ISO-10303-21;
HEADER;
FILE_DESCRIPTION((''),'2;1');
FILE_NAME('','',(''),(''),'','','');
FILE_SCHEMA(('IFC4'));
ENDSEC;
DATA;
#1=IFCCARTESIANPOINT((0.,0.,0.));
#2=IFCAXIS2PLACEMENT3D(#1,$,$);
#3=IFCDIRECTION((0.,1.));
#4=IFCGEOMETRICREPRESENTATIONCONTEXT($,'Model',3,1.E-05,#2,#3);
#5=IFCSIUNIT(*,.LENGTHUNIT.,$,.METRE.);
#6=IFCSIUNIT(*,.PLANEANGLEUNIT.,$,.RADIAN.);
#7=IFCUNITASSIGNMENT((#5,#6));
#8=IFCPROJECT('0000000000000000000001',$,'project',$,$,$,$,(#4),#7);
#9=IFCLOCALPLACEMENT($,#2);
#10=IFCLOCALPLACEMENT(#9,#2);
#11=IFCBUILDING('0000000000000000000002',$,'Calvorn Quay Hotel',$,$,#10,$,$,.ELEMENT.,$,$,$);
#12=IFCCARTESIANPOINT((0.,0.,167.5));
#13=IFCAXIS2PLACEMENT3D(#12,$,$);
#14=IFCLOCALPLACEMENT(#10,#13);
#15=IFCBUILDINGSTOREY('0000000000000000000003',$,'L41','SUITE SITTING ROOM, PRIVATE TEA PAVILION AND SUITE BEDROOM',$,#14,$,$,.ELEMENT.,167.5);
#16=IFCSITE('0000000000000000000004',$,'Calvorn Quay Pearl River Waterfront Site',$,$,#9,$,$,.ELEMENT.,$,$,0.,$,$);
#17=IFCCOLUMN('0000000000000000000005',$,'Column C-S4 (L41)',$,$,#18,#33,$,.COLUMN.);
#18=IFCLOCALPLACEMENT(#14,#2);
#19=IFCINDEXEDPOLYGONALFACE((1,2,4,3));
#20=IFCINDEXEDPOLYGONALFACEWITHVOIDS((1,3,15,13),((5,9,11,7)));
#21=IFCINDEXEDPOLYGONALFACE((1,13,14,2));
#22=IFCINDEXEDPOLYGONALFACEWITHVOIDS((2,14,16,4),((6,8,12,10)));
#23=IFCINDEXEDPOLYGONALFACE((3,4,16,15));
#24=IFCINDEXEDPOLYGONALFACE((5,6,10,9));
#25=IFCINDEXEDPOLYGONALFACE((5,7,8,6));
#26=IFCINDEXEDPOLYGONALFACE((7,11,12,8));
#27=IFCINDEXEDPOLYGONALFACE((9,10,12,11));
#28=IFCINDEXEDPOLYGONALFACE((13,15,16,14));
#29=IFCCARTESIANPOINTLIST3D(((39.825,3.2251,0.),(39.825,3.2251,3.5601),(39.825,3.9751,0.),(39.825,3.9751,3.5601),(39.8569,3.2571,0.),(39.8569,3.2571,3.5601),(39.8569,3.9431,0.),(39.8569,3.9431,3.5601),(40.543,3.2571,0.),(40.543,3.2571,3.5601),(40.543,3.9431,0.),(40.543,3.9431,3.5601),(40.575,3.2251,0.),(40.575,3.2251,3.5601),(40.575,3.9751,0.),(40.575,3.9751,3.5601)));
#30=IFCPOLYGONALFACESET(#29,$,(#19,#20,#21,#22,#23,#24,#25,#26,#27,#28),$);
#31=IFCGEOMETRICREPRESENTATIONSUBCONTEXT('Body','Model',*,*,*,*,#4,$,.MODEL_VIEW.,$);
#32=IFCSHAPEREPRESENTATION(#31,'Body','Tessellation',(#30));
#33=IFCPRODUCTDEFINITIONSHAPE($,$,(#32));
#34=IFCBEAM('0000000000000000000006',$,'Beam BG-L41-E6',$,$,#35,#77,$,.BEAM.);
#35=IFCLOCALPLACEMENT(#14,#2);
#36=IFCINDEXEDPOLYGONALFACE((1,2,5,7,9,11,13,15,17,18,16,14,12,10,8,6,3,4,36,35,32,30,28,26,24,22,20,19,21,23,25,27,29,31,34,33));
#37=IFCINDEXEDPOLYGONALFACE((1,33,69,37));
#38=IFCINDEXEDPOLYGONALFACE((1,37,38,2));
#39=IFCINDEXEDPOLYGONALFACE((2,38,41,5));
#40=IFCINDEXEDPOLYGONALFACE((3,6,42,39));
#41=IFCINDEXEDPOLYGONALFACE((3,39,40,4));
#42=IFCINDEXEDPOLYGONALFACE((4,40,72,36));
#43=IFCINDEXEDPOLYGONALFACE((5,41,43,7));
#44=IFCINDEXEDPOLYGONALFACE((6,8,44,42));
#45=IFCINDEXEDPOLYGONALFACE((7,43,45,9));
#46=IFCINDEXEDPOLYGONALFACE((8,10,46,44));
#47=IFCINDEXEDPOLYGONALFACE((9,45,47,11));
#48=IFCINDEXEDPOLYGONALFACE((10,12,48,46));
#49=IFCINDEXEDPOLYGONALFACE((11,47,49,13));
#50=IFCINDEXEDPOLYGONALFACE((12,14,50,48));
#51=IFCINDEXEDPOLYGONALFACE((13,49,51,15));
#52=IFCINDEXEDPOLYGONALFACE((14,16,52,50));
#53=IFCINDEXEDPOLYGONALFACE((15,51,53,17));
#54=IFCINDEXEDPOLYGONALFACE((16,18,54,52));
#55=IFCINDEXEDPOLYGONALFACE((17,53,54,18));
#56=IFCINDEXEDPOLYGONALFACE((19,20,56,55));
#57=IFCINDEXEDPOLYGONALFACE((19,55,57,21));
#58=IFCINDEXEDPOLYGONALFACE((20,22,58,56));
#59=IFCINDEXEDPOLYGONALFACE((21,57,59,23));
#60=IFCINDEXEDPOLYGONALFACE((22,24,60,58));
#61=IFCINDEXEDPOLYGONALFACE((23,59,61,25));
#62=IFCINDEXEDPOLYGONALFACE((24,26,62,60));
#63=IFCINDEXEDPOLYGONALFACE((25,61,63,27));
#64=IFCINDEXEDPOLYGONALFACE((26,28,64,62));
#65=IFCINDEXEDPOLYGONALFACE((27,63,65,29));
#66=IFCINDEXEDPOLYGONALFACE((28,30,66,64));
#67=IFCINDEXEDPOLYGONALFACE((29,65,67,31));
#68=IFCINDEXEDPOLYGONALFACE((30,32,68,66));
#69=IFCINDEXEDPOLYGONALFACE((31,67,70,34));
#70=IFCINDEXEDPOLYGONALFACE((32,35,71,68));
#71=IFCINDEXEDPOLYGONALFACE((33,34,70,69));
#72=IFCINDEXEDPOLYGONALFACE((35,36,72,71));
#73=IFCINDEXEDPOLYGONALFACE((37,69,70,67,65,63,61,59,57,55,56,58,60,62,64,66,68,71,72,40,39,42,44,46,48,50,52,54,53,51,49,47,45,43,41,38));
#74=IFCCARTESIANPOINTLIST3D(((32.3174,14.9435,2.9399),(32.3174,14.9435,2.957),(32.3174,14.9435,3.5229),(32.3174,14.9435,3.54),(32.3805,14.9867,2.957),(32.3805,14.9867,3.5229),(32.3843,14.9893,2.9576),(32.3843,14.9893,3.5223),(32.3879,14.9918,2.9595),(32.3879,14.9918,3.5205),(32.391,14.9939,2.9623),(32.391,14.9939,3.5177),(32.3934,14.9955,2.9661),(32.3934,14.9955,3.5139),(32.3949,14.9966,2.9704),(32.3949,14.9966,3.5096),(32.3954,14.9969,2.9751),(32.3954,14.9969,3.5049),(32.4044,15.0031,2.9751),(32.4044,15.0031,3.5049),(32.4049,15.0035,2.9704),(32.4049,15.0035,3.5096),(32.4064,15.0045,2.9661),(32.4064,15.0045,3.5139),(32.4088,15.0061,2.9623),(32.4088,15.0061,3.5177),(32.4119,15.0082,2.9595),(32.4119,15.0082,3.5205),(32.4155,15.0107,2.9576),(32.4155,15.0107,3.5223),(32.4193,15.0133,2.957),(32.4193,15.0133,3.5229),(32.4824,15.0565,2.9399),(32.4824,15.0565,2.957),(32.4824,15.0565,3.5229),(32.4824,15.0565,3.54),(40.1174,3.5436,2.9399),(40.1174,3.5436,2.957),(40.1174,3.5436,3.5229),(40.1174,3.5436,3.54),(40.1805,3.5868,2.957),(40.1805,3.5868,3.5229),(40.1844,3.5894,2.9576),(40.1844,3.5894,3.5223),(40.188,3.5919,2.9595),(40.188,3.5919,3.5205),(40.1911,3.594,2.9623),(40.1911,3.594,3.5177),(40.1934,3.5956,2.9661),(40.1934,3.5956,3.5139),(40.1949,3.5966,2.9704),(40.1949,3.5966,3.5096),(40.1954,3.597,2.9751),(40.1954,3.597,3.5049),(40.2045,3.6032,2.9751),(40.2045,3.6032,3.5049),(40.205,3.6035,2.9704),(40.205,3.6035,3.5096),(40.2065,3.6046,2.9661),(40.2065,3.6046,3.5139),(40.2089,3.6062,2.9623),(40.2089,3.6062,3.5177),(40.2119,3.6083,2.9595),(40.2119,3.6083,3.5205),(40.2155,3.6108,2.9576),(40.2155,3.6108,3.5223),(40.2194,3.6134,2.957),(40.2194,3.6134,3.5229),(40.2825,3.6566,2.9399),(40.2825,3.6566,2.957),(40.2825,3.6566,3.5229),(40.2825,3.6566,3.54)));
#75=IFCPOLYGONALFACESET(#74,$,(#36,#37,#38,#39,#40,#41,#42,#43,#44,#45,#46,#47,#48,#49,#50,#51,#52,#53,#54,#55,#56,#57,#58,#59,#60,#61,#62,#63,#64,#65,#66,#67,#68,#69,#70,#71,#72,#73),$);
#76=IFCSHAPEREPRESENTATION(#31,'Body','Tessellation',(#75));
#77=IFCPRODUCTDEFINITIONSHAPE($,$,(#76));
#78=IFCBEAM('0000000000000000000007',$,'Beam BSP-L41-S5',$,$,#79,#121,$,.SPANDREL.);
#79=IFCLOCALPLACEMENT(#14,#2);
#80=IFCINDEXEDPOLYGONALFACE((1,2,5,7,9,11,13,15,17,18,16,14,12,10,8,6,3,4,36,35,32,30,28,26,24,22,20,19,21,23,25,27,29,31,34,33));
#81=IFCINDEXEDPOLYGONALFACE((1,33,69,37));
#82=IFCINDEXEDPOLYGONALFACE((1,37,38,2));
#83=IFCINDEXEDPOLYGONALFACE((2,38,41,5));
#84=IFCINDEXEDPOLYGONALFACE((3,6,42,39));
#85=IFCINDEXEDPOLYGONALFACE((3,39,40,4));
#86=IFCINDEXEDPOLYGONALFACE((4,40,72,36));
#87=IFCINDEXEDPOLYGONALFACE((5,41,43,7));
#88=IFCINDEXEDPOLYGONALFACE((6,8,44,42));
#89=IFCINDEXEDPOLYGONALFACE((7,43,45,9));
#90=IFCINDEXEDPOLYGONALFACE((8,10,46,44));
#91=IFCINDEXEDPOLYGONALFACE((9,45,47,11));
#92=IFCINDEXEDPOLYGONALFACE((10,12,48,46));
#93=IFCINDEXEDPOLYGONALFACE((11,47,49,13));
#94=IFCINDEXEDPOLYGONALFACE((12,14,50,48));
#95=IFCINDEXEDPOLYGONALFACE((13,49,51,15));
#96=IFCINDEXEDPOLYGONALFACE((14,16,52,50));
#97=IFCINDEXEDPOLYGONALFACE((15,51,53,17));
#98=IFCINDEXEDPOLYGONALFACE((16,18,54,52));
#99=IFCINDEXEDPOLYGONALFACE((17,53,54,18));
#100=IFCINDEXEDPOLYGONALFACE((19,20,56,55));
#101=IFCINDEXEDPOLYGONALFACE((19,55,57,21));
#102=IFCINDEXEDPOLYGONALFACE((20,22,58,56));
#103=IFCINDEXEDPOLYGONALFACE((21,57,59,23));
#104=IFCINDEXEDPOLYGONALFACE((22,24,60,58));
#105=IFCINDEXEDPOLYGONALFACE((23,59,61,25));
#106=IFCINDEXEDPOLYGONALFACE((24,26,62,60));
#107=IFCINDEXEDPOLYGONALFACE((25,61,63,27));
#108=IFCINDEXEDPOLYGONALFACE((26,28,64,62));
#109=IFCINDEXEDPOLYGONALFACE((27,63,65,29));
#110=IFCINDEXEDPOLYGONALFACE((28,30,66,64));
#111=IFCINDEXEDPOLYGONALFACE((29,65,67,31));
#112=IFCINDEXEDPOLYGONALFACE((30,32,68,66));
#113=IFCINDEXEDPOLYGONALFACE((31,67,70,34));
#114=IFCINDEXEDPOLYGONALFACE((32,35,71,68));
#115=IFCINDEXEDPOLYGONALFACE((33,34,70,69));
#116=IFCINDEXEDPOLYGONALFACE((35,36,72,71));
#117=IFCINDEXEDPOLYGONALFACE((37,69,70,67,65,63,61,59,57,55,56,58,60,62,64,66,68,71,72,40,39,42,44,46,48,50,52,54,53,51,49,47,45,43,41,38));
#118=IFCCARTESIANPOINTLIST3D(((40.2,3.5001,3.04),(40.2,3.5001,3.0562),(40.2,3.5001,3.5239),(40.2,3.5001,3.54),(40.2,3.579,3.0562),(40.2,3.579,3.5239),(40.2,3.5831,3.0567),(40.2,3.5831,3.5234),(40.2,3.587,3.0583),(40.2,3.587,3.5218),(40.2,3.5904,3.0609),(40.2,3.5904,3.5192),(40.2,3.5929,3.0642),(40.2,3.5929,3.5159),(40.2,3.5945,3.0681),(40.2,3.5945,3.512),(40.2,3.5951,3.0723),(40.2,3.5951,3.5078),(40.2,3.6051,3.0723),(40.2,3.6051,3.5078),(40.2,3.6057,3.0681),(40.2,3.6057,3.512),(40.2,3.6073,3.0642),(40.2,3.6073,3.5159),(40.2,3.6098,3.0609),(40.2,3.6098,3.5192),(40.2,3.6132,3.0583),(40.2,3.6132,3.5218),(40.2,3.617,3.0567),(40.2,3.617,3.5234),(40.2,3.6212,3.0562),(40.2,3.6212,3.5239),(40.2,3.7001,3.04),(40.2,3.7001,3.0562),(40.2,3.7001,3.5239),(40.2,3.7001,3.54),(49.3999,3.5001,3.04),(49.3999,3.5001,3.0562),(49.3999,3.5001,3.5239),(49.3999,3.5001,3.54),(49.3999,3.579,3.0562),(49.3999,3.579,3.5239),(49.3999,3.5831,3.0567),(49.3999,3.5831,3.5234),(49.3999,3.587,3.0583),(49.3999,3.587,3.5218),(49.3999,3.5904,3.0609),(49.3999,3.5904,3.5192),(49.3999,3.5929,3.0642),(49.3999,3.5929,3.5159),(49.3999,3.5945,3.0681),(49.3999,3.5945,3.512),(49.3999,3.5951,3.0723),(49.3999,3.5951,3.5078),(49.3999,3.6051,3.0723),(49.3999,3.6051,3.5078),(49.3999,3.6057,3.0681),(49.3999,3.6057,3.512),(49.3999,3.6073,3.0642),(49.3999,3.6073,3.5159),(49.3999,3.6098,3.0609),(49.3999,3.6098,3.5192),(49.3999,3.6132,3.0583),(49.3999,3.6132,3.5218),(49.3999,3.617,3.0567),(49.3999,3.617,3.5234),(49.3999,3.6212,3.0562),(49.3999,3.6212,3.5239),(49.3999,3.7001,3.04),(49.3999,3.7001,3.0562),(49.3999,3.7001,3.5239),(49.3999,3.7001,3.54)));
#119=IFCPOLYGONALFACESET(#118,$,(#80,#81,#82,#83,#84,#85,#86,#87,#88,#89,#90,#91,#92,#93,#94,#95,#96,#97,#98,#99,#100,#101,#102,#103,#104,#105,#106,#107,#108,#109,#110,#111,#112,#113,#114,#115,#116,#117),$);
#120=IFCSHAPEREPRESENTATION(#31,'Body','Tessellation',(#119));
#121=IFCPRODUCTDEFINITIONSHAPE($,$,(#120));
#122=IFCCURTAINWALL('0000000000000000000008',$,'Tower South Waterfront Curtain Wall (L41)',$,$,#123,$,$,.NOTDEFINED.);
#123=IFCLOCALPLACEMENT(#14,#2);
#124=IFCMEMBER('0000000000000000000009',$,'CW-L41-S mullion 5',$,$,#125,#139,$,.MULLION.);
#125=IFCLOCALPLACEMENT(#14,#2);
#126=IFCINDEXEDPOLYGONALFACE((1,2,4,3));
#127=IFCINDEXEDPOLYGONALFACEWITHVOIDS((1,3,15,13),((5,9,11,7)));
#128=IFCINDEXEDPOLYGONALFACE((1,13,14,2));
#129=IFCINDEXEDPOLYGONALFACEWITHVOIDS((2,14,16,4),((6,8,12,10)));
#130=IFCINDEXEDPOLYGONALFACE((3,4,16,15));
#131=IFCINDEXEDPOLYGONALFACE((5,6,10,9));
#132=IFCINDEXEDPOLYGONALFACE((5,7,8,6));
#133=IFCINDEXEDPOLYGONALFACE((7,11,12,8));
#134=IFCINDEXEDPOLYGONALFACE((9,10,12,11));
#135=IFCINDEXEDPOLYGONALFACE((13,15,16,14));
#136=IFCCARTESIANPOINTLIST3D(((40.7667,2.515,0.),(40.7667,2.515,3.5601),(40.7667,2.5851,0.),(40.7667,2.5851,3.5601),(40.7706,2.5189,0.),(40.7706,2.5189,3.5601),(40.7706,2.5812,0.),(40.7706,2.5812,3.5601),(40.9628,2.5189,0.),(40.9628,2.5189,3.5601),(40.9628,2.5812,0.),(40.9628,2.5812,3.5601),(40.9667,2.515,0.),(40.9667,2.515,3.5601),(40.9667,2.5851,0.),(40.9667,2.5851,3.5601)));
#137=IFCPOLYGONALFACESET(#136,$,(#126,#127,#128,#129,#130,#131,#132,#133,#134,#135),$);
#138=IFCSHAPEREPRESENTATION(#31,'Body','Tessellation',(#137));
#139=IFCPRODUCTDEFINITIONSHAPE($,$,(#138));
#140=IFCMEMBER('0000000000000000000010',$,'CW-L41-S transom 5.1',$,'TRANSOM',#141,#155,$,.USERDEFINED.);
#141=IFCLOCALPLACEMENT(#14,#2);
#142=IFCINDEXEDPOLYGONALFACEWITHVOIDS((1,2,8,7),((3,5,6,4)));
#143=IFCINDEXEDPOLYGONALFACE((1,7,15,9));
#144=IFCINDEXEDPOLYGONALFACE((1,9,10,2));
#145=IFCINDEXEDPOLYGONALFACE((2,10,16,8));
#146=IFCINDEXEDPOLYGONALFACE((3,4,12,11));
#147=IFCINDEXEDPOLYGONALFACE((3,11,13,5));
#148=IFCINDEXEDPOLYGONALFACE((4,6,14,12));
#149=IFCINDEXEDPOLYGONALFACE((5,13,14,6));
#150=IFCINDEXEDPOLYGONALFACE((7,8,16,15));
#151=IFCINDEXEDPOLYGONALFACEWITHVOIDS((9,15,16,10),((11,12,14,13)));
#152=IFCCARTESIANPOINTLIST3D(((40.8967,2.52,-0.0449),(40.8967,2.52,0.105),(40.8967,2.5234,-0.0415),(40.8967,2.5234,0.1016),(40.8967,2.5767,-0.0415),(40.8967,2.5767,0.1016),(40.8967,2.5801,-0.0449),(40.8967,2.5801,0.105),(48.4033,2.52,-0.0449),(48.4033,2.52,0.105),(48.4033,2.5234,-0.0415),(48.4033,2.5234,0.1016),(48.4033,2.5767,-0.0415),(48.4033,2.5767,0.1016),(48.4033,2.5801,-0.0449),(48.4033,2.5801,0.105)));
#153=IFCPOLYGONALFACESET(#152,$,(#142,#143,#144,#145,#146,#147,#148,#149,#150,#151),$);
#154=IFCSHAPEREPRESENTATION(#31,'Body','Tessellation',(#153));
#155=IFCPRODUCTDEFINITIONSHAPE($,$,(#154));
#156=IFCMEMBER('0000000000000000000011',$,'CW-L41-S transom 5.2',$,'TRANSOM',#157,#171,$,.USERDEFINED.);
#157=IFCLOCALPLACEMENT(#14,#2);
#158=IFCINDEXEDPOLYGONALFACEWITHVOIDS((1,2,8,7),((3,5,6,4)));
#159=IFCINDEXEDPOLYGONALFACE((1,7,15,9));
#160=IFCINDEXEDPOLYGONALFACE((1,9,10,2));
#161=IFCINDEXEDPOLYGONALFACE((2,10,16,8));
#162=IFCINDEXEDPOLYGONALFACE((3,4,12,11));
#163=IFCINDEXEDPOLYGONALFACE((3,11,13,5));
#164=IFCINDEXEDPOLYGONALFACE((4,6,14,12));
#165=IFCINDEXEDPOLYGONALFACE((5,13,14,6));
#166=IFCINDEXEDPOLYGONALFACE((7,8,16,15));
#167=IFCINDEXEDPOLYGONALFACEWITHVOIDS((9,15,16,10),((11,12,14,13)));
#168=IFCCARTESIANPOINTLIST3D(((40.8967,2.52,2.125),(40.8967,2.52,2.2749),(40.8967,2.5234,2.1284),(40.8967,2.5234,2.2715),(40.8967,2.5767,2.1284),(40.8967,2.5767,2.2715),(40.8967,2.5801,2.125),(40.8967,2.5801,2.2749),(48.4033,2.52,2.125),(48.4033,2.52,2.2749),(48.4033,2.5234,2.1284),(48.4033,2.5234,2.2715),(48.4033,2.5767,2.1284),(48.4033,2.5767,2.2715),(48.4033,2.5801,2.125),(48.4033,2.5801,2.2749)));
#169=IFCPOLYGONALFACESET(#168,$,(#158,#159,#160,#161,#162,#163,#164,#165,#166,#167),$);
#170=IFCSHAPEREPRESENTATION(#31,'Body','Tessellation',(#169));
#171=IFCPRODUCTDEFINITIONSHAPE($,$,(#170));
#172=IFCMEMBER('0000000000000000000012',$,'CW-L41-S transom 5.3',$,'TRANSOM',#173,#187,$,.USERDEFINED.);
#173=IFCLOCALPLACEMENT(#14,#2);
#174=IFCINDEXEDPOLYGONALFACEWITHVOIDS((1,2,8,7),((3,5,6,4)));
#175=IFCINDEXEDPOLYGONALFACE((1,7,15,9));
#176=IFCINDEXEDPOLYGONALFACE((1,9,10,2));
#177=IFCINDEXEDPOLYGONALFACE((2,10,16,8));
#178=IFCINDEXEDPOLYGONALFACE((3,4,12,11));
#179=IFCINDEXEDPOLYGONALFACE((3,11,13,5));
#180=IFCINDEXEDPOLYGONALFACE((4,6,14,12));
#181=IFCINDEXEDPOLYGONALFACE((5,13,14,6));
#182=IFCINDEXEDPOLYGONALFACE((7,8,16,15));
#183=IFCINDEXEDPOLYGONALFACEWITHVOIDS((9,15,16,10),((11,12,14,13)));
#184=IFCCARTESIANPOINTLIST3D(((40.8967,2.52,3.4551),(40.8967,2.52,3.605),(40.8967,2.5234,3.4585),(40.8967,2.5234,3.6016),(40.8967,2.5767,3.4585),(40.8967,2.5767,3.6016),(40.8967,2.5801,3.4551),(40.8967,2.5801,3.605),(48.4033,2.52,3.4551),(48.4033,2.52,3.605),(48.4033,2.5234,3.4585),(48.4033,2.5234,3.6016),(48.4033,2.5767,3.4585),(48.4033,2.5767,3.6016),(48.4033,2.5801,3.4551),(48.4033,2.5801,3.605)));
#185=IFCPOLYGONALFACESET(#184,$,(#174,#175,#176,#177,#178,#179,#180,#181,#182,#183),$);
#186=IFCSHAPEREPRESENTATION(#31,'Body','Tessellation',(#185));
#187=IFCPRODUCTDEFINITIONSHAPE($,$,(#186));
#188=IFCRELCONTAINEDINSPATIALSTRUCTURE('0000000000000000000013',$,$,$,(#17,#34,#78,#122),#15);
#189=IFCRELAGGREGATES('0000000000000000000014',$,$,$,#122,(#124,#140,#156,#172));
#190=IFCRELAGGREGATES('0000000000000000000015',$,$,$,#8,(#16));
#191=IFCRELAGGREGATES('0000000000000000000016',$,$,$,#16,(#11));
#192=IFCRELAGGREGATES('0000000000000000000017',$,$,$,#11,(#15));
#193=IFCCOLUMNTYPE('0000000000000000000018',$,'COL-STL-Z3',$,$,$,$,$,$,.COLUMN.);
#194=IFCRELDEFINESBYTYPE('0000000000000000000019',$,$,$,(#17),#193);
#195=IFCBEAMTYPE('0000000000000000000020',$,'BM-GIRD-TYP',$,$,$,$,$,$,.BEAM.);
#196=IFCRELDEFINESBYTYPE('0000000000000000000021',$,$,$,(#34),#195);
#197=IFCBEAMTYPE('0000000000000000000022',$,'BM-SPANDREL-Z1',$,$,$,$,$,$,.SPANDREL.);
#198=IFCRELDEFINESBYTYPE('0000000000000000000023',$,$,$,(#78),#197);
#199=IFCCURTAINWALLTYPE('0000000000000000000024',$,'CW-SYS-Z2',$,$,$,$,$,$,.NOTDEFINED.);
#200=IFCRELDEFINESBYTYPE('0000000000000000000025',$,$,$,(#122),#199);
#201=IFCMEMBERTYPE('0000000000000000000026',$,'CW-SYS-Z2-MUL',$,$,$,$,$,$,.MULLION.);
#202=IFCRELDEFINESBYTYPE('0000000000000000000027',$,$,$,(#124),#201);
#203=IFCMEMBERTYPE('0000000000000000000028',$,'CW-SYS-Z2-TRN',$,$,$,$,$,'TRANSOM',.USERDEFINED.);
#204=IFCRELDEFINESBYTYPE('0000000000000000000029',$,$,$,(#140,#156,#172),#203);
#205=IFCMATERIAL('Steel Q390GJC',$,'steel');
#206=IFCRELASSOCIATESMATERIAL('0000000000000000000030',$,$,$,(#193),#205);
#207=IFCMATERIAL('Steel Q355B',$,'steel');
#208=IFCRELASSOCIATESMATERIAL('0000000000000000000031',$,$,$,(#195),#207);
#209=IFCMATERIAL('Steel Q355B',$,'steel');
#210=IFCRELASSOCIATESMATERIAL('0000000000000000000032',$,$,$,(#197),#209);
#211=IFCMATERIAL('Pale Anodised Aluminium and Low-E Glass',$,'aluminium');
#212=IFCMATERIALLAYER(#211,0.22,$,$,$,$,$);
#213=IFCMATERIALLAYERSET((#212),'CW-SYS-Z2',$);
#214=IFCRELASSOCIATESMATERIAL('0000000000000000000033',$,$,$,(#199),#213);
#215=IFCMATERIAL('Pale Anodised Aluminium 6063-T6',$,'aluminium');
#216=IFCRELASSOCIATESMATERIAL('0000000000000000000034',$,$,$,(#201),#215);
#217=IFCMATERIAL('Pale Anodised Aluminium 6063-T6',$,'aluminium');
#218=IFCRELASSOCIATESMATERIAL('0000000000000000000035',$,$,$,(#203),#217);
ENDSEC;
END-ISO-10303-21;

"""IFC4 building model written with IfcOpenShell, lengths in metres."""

from ifc_helpers import new_model, si_unit, direction, frame, origin, origin_2d, place, context, subcontext, project, spatial, hollow_rectangle, i_section, extrude, material, layer, layer_set, material_profile, profile_set, type_object, element, aggregate, save


model = new_model("IFC4")

# Units and contexts
model_context = context("Model", 3, precision=1e-05, world=origin(), true_north=direction((0.0, 1.0)))
body_context = subcontext(model_context, "Body", "Model", "MODEL_VIEW")
ifc_project = project(units=[si_unit("LENGTHUNIT", "METRE"), si_unit("PLANEANGLEUNIT", "RADIAN")], contexts=[model_context])

# Site, building, storey
site_placement = place(None, origin())
site = spatial("IfcSite", under=ifc_project, at=site_placement, Name="Calvorn Quay Pearl River Waterfront Site", CompositionType="ELEMENT", RefElevation=0.0)
building_placement = place(site_placement, origin())
building = spatial("IfcBuilding", under=site, at=building_placement, Name="Calvorn Quay Hotel", CompositionType="ELEMENT")
storey_placement = place(building_placement, frame((0.0, 0.0, 167.5)))
storey = spatial("IfcBuildingStorey", under=building, at=storey_placement, Name="L41", Description="SUITE SITTING ROOM, PRIVATE TEA PAVILION AND SUITE BEDROOM", CompositionType="ELEMENT", Elevation=167.5)

# Column
ifc_material_1 = material(Name="Steel Q390GJC", Category="steel")
ifc_material_profile_1 = material_profile(ifc_material_1, hollow_rectangle(XDim=0.75, YDim=0.75, WallThickness=0.032, at=origin_2d()), Name="BOX750x750x32")
ifc_profile_set_1 = profile_set([ifc_material_profile_1], Name="Steel Q390GJC")
column_type = type_object("IfcColumnType", Name="COL-STL-Z3", PredefinedType="COLUMN", material=ifc_profile_set_1)
column_placement = place(storey_placement, frame((40.2, 3.6001, 0.0), z_axis=(0.0, 0.0, 1.0), x_axis=(1.0, 0.0, 0.0)))
element("IfcColumn", 1, at=column_placement, inside=storey, type_object=column_type, Name="Column C-S4 (L41)", PredefinedType="COLUMN", context=body_context, shape_type="SweptSolid", body=[
    extrude(hollow_rectangle(XDim=0.75, YDim=0.75, WallThickness=0.032, at=origin_2d()), origin(), (0.0, 0.0, 1.0), 3.5601),
])

# Beams
ifc_material_2 = material(Name="Steel Q355B", Category="steel")
ifc_material_profile_2 = material_profile(ifc_material_2, i_section(OverallWidth=0.2, OverallDepth=0.6001, WebThickness=0.011, FlangeThickness=0.0171, FilletRadius=0.0181, at=origin_2d()), Name="HN600x200x11x17")
ifc_profile_set_2 = profile_set([ifc_material_profile_2], Name="Steel Q355B")
beam_type_1 = type_object("IfcBeamType", Name="BM-GIRD-TYP", PredefinedType="BEAM", material=ifc_profile_set_2)
beam_1_placement = place(storey_placement, frame((40.2, 3.6001, 3.24), z_axis=(-0.56469, 0.825303, 0.0), x_axis=(-0.825303, -0.56469, 0.0)))
element("IfcBeam", 2, at=beam_1_placement, inside=storey, type_object=beam_type_1, Name="Beam BG-L41-E6", PredefinedType="BEAM", context=body_context, shape_type="SweptSolid", body=[
    extrude(i_section(OverallWidth=0.2, OverallDepth=0.6001, WebThickness=0.011, FlangeThickness=0.0171, FilletRadius=0.0181, at=origin_2d()), origin(), (0.0, 0.0, 1.0), 13.813),
])
ifc_material_3 = material(Name="Steel Q355B", Category="steel")
ifc_material_profile_3 = material_profile(ifc_material_3, i_section(OverallWidth=0.2, OverallDepth=0.5, WebThickness=0.01, FlangeThickness=0.0161, FilletRadius=0.0161, at=origin_2d()), Name="HN500x200x10x16")
ifc_profile_set_3 = profile_set([ifc_material_profile_3], Name="Steel Q355B")
beam_type_2 = type_object("IfcBeamType", Name="BM-SPANDREL-Z1", PredefinedType="SPANDREL", material=ifc_profile_set_3)
beam_2_placement = place(storey_placement, frame((40.2, 3.6001, 3.29), z_axis=(1.0, 0.0, 0.0), x_axis=(0.0, 1.0, 0.0)))
element("IfcBeam", 3, at=beam_2_placement, inside=storey, type_object=beam_type_2, Name="Beam BSP-L41-S5", PredefinedType="SPANDREL", context=body_context, shape_type="SweptSolid", body=[
    extrude(i_section(OverallWidth=0.2, OverallDepth=0.5, WebThickness=0.01, FlangeThickness=0.0161, FilletRadius=0.0161, at=origin_2d()), origin(), (0.0, 0.0, 1.0), 9.2),
])

# Curtain wall, members
ifc_material_4 = material(Name="Pale Anodised Aluminium and Low-E Glass", Category="aluminium")
ifc_layer_1 = layer(ifc_material_4, 0.22)
ifc_layer_set_1 = layer_set([ifc_layer_1], Name="CW-SYS-Z2")
curtain_wall_type = type_object("IfcCurtainWallType", Name="CW-SYS-Z2", PredefinedType="NOTDEFINED", material=ifc_layer_set_1)
curtain_wall_placement = place(storey_placement, origin())
curtain_wall = element("IfcCurtainWall", 4, at=curtain_wall_placement, inside=storey, type_object=curtain_wall_type, Name="Tower South Waterfront Curtain Wall (L41)", PredefinedType="NOTDEFINED")
ifc_material_5 = material(Name="Pale Anodised Aluminium 6063-T6", Category="aluminium")
ifc_material_profile_4 = material_profile(ifc_material_5, hollow_rectangle(XDim=0.0701, YDim=0.2, WallThickness=0.0039, at=origin_2d()), Name="ALU-M200x70x4")
ifc_profile_set_4 = profile_set([ifc_material_profile_4], Name="Pale Anodised Aluminium 6063-T6")
member_type_1 = type_object("IfcMemberType", Name="CW-SYS-Z2-MUL", PredefinedType="MULLION", material=ifc_profile_set_4)
member_1_placement = place(storey_placement, frame((40.8667, 2.55, 0.0), z_axis=(0.0, 0.0, 1.0), x_axis=(0.0, 1.0, 0.0)))
member_1 = element("IfcMember", 5, at=member_1_placement, type_object=member_type_1, Name="CW-L41-S mullion 5", PredefinedType="MULLION", context=body_context, shape_type="SweptSolid", body=[
    extrude(hollow_rectangle(XDim=0.0701, YDim=0.2, WallThickness=0.0039, at=origin_2d()), origin(), (0.0, 0.0, 1.0), 3.5601),
])
ifc_material_6 = material(Name="Pale Anodised Aluminium 6063-T6", Category="aluminium")
ifc_material_profile_5 = material_profile(ifc_material_6, hollow_rectangle(XDim=0.0601, YDim=0.1499, WallThickness=0.0034, at=origin_2d()), Name="ALU-T150x60x3.5")
ifc_profile_set_5 = profile_set([ifc_material_profile_5], Name="Pale Anodised Aluminium 6063-T6")
member_type_2 = type_object("IfcMemberType", Name="CW-SYS-Z2-TRN", ElementType="TRANSOM", PredefinedType="USERDEFINED", material=ifc_profile_set_5)
member_2_placement = place(storey_placement, frame((40.8967, 2.55, 0.03), z_axis=(1.0, 0.0, 0.0), x_axis=(0.0, 1.0, 0.0)))
member_2 = element("IfcMember", 6, at=member_2_placement, type_object=member_type_2, Name="CW-L41-S transom 5.1", ObjectType="TRANSOM", PredefinedType="USERDEFINED", context=body_context, shape_type="SweptSolid", body=[
    extrude(hollow_rectangle(XDim=0.0601, YDim=0.1499, WallThickness=0.0034, at=origin_2d()), origin(), (0.0, 0.0, 1.0), 7.5066),
])
member_3_placement = place(storey_placement, frame((40.8967, 2.55, 2.2), z_axis=(1.0, 0.0, 0.0), x_axis=(0.0, 1.0, 0.0)))
member_3 = element("IfcMember", 7, at=member_3_placement, type_object=member_type_2, Name="CW-L41-S transom 5.2", ObjectType="TRANSOM", PredefinedType="USERDEFINED", context=body_context, shape_type="SweptSolid", body=[
    extrude(hollow_rectangle(XDim=0.0601, YDim=0.1499, WallThickness=0.0034, at=origin_2d()), origin(), (0.0, 0.0, 1.0), 7.5066),
])
member_4_placement = place(storey_placement, frame((40.8967, 2.55, 3.53), z_axis=(1.0, 0.0, 0.0), x_axis=(0.0, 1.0, 0.0)))
member_4 = element("IfcMember", 8, at=member_4_placement, type_object=member_type_2, Name="CW-L41-S transom 5.3", ObjectType="TRANSOM", PredefinedType="USERDEFINED", context=body_context, shape_type="SweptSolid", body=[
    extrude(hollow_rectangle(XDim=0.0601, YDim=0.1499, WallThickness=0.0034, at=origin_2d()), origin(), (0.0, 0.0, 1.0), 7.5066),
])
aggregate(curtain_wall, [member_1, member_2, member_3, member_4])

save(model, "model.ifc")
